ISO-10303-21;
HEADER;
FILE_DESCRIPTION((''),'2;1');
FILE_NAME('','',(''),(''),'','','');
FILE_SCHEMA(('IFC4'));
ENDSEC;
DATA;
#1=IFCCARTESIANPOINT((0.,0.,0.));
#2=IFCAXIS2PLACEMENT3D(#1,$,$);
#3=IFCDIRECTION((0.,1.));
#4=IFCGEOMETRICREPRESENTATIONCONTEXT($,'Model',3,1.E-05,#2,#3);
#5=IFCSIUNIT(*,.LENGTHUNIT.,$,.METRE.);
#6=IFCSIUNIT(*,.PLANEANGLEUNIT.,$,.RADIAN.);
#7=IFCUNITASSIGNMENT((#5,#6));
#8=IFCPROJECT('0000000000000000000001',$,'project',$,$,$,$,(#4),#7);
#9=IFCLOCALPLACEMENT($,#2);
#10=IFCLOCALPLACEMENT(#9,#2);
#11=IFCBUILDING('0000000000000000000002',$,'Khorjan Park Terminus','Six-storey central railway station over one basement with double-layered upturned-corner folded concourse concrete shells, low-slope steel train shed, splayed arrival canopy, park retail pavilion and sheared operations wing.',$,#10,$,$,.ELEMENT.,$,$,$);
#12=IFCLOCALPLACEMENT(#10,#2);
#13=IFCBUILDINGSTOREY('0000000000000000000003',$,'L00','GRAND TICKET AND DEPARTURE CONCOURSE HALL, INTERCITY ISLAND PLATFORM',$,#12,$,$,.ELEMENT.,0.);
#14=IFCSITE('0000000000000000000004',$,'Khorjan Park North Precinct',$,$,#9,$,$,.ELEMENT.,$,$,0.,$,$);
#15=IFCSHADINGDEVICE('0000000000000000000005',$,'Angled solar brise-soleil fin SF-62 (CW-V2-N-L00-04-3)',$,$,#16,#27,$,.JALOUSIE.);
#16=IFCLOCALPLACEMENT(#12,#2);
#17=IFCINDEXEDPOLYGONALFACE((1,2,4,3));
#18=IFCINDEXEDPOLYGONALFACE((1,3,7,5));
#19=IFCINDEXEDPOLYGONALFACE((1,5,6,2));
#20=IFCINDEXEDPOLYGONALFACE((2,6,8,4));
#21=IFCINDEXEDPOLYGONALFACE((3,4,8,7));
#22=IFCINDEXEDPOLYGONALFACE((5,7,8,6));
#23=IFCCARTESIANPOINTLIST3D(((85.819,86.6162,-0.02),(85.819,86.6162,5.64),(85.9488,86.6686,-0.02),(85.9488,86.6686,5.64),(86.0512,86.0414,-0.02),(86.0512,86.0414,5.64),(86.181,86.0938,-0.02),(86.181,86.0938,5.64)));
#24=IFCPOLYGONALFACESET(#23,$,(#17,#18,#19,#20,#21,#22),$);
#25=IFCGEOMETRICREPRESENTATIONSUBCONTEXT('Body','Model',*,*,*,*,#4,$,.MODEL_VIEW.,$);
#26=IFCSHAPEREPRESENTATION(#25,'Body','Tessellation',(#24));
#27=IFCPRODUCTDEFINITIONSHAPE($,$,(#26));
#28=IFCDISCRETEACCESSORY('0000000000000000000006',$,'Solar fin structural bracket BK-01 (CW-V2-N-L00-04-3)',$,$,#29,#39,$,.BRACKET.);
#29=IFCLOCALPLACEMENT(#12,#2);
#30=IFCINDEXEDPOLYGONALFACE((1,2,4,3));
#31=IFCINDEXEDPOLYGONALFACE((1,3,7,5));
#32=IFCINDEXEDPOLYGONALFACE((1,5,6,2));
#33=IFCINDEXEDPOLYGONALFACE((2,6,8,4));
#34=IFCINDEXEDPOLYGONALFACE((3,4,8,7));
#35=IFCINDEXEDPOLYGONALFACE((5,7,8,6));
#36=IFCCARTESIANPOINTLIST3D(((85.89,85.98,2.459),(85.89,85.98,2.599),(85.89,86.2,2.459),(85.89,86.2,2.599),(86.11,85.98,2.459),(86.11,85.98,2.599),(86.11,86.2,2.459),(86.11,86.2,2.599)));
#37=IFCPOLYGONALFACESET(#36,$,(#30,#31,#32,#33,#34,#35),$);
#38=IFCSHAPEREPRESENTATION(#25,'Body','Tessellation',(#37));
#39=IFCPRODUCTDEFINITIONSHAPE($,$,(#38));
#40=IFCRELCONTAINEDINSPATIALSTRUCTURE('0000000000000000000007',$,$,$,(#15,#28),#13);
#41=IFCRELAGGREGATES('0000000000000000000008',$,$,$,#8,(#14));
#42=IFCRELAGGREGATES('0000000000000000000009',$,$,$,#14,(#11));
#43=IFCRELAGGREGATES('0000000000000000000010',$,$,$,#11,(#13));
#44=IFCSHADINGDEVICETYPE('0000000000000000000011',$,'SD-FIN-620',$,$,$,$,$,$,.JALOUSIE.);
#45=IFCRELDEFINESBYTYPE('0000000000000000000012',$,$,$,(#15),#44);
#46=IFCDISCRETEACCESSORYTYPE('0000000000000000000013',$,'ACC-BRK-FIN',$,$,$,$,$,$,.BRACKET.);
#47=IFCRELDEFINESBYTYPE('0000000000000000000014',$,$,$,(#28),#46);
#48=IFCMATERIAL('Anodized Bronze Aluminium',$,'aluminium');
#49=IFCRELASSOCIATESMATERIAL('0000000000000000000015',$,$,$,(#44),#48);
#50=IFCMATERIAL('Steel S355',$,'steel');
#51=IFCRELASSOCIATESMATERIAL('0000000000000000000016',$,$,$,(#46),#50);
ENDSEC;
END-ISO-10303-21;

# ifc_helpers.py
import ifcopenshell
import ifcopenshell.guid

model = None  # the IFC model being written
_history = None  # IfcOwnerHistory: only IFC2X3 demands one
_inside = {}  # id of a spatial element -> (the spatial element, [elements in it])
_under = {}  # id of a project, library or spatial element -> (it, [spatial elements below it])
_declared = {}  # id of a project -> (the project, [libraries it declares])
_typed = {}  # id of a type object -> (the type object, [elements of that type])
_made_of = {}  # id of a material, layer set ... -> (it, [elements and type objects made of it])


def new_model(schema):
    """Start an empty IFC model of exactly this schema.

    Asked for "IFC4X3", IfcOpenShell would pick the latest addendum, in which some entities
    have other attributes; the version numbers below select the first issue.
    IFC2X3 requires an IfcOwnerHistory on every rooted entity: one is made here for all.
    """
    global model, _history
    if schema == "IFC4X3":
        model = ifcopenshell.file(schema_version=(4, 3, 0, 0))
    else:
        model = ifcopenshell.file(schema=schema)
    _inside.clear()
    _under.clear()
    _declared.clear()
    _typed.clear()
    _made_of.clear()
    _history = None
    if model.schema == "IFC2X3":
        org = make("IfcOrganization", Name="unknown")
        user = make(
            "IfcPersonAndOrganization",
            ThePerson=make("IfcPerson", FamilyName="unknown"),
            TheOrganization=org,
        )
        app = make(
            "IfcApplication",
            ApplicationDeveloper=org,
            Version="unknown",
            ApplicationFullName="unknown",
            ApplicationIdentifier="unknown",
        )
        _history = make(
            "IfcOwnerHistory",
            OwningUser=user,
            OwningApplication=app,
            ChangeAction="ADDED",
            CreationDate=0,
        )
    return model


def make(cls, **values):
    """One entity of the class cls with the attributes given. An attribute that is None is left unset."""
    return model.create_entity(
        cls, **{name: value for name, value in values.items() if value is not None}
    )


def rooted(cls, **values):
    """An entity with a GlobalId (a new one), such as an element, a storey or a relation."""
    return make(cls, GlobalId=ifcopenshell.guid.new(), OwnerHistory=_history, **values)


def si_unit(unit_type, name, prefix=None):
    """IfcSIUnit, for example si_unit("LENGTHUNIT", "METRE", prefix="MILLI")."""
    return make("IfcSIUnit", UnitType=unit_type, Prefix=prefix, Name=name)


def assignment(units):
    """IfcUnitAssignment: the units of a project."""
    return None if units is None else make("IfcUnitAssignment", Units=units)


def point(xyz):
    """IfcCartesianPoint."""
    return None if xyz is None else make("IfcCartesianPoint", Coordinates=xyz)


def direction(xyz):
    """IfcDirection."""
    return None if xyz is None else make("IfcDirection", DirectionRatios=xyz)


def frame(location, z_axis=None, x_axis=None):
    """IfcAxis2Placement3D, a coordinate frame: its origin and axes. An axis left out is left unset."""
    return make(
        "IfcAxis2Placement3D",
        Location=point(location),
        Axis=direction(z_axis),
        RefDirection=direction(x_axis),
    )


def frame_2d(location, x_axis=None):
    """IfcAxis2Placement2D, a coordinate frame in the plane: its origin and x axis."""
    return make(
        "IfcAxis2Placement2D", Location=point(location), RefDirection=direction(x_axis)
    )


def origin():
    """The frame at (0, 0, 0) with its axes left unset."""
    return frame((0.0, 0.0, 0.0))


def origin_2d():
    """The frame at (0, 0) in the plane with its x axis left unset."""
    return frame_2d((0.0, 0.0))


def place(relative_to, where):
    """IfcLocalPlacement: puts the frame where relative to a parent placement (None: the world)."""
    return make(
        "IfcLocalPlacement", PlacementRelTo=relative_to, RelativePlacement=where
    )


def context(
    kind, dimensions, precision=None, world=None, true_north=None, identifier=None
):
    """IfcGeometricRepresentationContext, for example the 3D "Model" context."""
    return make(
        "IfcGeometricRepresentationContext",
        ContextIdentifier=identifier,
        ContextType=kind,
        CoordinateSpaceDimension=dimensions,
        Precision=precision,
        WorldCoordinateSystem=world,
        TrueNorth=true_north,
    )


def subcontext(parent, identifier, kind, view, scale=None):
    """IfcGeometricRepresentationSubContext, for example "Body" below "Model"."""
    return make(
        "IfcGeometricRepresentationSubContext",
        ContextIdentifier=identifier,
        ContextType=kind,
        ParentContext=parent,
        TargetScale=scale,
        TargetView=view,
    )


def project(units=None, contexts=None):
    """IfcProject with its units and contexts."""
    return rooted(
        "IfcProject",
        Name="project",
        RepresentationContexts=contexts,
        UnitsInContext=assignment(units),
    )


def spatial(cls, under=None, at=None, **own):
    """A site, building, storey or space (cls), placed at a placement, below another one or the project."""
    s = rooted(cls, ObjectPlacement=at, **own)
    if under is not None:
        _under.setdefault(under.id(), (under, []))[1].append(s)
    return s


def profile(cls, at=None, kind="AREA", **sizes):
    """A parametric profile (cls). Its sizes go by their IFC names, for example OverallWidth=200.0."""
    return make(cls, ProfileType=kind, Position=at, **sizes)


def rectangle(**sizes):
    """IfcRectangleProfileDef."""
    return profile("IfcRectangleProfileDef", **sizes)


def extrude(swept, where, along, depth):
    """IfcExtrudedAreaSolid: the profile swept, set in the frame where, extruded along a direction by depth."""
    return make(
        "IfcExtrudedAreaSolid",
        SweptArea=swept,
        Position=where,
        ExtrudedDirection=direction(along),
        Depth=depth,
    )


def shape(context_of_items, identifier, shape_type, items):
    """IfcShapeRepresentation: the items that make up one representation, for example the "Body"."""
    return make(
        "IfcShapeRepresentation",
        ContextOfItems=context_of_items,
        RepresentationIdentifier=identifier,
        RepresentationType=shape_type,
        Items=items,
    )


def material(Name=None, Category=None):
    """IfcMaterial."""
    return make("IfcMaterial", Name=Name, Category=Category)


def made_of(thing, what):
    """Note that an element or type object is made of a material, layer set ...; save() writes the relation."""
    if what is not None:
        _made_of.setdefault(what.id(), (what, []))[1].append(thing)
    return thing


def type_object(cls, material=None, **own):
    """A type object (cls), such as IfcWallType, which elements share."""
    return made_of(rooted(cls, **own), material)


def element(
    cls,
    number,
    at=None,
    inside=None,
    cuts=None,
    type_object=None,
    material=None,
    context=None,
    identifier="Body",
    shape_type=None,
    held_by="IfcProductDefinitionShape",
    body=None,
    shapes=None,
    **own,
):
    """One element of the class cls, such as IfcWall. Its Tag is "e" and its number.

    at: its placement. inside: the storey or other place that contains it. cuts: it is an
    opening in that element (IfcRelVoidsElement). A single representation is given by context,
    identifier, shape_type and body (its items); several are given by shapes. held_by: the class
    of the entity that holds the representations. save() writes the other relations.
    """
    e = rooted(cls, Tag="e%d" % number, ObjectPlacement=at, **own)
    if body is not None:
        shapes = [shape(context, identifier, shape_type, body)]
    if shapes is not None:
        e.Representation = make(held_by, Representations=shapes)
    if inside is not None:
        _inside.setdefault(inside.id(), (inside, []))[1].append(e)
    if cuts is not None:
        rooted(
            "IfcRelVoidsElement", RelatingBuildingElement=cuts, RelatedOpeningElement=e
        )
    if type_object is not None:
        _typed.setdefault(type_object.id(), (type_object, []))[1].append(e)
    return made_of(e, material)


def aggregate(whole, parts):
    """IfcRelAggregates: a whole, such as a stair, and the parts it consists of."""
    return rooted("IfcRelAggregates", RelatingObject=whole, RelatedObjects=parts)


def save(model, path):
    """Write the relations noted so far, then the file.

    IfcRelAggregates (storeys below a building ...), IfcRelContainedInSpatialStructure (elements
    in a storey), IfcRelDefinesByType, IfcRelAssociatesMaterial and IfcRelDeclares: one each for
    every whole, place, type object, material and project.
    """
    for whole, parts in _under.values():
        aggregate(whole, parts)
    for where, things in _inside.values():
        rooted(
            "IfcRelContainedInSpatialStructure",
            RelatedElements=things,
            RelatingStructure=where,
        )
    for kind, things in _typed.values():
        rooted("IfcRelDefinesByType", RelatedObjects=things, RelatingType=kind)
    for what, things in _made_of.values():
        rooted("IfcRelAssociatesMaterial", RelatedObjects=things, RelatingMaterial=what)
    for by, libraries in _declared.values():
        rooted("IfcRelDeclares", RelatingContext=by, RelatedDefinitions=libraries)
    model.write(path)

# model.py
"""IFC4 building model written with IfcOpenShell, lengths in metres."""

from ifc_helpers import new_model, si_unit, direction, frame, origin, origin_2d, place, context, subcontext, project, spatial, rectangle, extrude, material, type_object, element, save


model = new_model("IFC4")

# Units and contexts
model_context = context("Model", 3, precision=1e-05, world=origin(), true_north=direction((0.0, 1.0)))
body_context = subcontext(model_context, "Body", "Model", "MODEL_VIEW")
ifc_project = project(units=[si_unit("LENGTHUNIT", "METRE"), si_unit("PLANEANGLEUNIT", "RADIAN")], contexts=[model_context])

# Site, building, storey
site_placement = place(None, origin())
site = spatial("IfcSite", under=ifc_project, at=site_placement, Name="Khorjan Park North Precinct", CompositionType="ELEMENT", RefElevation=0.0)
building_placement = place(site_placement, origin())
building = spatial("IfcBuilding", under=site, at=building_placement, Name="Khorjan Park Terminus", Description="Six-storey central railway station over one basement with double-layered upturned-corner folded concourse concrete shells, low-slope steel train shed, splayed arrival canopy, park retail pavilion and sheared operations wing.", CompositionType="ELEMENT")
storey_placement = place(building_placement, origin())
storey = spatial("IfcBuildingStorey", under=building, at=storey_placement, Name="L00", Description="GRAND TICKET AND DEPARTURE CONCOURSE HALL, INTERCITY ISLAND PLATFORM", CompositionType="ELEMENT", Elevation=0.0)

# Shared definitions
ifc_material_1 = material(Name="Steel S355", Category="steel")

# Shared definitions
ifc_material_2 = material(Name="Anodized Bronze Aluminium", Category="aluminium")

# Shading device
shading_device_type = type_object("IfcShadingDeviceType", Name="SD-FIN-620", PredefinedType="JALOUSIE", material=ifc_material_2)
shading_device_placement = place(storey_placement, frame((86.0, 86.355, -0.02), z_axis=(0.0, 0.0, 1.0), x_axis=(0.374607, -0.927184, 0.0)))
element("IfcShadingDevice", 1, at=shading_device_placement, inside=storey, type_object=shading_device_type, Name="Angled solar brise-soleil fin SF-62 (CW-V2-N-L00-04-3)", PredefinedType="JALOUSIE", context=body_context, shape_type="SweptSolid", body=[
    extrude(rectangle(XDim=0.62, YDim=0.14, at=origin_2d()), origin(), (0.0, 0.0, 1.0), 5.66),
])

# Discrete accessory
discrete_accessory_type = type_object("IfcDiscreteAccessoryType", Name="ACC-BRK-FIN", PredefinedType="BRACKET", material=ifc_material_1)
discrete_accessory_placement = place(storey_placement, frame((86.0, 86.09, 2.459), z_axis=(0.0, 0.0, 1.0), x_axis=(-1.0, 0.0, 0.0)))
element("IfcDiscreteAccessory", 2, at=discrete_accessory_placement, inside=storey, type_object=discrete_accessory_type, Name="Solar fin structural bracket BK-01 (CW-V2-N-L00-04-3)", PredefinedType="BRACKET", context=body_context, shape_type="SweptSolid", body=[
    extrude(rectangle(XDim=0.22, YDim=0.22, at=origin_2d()), origin(), (0.0, 0.0, 1.0), 0.14),
])

save(model, "model.ifc")
